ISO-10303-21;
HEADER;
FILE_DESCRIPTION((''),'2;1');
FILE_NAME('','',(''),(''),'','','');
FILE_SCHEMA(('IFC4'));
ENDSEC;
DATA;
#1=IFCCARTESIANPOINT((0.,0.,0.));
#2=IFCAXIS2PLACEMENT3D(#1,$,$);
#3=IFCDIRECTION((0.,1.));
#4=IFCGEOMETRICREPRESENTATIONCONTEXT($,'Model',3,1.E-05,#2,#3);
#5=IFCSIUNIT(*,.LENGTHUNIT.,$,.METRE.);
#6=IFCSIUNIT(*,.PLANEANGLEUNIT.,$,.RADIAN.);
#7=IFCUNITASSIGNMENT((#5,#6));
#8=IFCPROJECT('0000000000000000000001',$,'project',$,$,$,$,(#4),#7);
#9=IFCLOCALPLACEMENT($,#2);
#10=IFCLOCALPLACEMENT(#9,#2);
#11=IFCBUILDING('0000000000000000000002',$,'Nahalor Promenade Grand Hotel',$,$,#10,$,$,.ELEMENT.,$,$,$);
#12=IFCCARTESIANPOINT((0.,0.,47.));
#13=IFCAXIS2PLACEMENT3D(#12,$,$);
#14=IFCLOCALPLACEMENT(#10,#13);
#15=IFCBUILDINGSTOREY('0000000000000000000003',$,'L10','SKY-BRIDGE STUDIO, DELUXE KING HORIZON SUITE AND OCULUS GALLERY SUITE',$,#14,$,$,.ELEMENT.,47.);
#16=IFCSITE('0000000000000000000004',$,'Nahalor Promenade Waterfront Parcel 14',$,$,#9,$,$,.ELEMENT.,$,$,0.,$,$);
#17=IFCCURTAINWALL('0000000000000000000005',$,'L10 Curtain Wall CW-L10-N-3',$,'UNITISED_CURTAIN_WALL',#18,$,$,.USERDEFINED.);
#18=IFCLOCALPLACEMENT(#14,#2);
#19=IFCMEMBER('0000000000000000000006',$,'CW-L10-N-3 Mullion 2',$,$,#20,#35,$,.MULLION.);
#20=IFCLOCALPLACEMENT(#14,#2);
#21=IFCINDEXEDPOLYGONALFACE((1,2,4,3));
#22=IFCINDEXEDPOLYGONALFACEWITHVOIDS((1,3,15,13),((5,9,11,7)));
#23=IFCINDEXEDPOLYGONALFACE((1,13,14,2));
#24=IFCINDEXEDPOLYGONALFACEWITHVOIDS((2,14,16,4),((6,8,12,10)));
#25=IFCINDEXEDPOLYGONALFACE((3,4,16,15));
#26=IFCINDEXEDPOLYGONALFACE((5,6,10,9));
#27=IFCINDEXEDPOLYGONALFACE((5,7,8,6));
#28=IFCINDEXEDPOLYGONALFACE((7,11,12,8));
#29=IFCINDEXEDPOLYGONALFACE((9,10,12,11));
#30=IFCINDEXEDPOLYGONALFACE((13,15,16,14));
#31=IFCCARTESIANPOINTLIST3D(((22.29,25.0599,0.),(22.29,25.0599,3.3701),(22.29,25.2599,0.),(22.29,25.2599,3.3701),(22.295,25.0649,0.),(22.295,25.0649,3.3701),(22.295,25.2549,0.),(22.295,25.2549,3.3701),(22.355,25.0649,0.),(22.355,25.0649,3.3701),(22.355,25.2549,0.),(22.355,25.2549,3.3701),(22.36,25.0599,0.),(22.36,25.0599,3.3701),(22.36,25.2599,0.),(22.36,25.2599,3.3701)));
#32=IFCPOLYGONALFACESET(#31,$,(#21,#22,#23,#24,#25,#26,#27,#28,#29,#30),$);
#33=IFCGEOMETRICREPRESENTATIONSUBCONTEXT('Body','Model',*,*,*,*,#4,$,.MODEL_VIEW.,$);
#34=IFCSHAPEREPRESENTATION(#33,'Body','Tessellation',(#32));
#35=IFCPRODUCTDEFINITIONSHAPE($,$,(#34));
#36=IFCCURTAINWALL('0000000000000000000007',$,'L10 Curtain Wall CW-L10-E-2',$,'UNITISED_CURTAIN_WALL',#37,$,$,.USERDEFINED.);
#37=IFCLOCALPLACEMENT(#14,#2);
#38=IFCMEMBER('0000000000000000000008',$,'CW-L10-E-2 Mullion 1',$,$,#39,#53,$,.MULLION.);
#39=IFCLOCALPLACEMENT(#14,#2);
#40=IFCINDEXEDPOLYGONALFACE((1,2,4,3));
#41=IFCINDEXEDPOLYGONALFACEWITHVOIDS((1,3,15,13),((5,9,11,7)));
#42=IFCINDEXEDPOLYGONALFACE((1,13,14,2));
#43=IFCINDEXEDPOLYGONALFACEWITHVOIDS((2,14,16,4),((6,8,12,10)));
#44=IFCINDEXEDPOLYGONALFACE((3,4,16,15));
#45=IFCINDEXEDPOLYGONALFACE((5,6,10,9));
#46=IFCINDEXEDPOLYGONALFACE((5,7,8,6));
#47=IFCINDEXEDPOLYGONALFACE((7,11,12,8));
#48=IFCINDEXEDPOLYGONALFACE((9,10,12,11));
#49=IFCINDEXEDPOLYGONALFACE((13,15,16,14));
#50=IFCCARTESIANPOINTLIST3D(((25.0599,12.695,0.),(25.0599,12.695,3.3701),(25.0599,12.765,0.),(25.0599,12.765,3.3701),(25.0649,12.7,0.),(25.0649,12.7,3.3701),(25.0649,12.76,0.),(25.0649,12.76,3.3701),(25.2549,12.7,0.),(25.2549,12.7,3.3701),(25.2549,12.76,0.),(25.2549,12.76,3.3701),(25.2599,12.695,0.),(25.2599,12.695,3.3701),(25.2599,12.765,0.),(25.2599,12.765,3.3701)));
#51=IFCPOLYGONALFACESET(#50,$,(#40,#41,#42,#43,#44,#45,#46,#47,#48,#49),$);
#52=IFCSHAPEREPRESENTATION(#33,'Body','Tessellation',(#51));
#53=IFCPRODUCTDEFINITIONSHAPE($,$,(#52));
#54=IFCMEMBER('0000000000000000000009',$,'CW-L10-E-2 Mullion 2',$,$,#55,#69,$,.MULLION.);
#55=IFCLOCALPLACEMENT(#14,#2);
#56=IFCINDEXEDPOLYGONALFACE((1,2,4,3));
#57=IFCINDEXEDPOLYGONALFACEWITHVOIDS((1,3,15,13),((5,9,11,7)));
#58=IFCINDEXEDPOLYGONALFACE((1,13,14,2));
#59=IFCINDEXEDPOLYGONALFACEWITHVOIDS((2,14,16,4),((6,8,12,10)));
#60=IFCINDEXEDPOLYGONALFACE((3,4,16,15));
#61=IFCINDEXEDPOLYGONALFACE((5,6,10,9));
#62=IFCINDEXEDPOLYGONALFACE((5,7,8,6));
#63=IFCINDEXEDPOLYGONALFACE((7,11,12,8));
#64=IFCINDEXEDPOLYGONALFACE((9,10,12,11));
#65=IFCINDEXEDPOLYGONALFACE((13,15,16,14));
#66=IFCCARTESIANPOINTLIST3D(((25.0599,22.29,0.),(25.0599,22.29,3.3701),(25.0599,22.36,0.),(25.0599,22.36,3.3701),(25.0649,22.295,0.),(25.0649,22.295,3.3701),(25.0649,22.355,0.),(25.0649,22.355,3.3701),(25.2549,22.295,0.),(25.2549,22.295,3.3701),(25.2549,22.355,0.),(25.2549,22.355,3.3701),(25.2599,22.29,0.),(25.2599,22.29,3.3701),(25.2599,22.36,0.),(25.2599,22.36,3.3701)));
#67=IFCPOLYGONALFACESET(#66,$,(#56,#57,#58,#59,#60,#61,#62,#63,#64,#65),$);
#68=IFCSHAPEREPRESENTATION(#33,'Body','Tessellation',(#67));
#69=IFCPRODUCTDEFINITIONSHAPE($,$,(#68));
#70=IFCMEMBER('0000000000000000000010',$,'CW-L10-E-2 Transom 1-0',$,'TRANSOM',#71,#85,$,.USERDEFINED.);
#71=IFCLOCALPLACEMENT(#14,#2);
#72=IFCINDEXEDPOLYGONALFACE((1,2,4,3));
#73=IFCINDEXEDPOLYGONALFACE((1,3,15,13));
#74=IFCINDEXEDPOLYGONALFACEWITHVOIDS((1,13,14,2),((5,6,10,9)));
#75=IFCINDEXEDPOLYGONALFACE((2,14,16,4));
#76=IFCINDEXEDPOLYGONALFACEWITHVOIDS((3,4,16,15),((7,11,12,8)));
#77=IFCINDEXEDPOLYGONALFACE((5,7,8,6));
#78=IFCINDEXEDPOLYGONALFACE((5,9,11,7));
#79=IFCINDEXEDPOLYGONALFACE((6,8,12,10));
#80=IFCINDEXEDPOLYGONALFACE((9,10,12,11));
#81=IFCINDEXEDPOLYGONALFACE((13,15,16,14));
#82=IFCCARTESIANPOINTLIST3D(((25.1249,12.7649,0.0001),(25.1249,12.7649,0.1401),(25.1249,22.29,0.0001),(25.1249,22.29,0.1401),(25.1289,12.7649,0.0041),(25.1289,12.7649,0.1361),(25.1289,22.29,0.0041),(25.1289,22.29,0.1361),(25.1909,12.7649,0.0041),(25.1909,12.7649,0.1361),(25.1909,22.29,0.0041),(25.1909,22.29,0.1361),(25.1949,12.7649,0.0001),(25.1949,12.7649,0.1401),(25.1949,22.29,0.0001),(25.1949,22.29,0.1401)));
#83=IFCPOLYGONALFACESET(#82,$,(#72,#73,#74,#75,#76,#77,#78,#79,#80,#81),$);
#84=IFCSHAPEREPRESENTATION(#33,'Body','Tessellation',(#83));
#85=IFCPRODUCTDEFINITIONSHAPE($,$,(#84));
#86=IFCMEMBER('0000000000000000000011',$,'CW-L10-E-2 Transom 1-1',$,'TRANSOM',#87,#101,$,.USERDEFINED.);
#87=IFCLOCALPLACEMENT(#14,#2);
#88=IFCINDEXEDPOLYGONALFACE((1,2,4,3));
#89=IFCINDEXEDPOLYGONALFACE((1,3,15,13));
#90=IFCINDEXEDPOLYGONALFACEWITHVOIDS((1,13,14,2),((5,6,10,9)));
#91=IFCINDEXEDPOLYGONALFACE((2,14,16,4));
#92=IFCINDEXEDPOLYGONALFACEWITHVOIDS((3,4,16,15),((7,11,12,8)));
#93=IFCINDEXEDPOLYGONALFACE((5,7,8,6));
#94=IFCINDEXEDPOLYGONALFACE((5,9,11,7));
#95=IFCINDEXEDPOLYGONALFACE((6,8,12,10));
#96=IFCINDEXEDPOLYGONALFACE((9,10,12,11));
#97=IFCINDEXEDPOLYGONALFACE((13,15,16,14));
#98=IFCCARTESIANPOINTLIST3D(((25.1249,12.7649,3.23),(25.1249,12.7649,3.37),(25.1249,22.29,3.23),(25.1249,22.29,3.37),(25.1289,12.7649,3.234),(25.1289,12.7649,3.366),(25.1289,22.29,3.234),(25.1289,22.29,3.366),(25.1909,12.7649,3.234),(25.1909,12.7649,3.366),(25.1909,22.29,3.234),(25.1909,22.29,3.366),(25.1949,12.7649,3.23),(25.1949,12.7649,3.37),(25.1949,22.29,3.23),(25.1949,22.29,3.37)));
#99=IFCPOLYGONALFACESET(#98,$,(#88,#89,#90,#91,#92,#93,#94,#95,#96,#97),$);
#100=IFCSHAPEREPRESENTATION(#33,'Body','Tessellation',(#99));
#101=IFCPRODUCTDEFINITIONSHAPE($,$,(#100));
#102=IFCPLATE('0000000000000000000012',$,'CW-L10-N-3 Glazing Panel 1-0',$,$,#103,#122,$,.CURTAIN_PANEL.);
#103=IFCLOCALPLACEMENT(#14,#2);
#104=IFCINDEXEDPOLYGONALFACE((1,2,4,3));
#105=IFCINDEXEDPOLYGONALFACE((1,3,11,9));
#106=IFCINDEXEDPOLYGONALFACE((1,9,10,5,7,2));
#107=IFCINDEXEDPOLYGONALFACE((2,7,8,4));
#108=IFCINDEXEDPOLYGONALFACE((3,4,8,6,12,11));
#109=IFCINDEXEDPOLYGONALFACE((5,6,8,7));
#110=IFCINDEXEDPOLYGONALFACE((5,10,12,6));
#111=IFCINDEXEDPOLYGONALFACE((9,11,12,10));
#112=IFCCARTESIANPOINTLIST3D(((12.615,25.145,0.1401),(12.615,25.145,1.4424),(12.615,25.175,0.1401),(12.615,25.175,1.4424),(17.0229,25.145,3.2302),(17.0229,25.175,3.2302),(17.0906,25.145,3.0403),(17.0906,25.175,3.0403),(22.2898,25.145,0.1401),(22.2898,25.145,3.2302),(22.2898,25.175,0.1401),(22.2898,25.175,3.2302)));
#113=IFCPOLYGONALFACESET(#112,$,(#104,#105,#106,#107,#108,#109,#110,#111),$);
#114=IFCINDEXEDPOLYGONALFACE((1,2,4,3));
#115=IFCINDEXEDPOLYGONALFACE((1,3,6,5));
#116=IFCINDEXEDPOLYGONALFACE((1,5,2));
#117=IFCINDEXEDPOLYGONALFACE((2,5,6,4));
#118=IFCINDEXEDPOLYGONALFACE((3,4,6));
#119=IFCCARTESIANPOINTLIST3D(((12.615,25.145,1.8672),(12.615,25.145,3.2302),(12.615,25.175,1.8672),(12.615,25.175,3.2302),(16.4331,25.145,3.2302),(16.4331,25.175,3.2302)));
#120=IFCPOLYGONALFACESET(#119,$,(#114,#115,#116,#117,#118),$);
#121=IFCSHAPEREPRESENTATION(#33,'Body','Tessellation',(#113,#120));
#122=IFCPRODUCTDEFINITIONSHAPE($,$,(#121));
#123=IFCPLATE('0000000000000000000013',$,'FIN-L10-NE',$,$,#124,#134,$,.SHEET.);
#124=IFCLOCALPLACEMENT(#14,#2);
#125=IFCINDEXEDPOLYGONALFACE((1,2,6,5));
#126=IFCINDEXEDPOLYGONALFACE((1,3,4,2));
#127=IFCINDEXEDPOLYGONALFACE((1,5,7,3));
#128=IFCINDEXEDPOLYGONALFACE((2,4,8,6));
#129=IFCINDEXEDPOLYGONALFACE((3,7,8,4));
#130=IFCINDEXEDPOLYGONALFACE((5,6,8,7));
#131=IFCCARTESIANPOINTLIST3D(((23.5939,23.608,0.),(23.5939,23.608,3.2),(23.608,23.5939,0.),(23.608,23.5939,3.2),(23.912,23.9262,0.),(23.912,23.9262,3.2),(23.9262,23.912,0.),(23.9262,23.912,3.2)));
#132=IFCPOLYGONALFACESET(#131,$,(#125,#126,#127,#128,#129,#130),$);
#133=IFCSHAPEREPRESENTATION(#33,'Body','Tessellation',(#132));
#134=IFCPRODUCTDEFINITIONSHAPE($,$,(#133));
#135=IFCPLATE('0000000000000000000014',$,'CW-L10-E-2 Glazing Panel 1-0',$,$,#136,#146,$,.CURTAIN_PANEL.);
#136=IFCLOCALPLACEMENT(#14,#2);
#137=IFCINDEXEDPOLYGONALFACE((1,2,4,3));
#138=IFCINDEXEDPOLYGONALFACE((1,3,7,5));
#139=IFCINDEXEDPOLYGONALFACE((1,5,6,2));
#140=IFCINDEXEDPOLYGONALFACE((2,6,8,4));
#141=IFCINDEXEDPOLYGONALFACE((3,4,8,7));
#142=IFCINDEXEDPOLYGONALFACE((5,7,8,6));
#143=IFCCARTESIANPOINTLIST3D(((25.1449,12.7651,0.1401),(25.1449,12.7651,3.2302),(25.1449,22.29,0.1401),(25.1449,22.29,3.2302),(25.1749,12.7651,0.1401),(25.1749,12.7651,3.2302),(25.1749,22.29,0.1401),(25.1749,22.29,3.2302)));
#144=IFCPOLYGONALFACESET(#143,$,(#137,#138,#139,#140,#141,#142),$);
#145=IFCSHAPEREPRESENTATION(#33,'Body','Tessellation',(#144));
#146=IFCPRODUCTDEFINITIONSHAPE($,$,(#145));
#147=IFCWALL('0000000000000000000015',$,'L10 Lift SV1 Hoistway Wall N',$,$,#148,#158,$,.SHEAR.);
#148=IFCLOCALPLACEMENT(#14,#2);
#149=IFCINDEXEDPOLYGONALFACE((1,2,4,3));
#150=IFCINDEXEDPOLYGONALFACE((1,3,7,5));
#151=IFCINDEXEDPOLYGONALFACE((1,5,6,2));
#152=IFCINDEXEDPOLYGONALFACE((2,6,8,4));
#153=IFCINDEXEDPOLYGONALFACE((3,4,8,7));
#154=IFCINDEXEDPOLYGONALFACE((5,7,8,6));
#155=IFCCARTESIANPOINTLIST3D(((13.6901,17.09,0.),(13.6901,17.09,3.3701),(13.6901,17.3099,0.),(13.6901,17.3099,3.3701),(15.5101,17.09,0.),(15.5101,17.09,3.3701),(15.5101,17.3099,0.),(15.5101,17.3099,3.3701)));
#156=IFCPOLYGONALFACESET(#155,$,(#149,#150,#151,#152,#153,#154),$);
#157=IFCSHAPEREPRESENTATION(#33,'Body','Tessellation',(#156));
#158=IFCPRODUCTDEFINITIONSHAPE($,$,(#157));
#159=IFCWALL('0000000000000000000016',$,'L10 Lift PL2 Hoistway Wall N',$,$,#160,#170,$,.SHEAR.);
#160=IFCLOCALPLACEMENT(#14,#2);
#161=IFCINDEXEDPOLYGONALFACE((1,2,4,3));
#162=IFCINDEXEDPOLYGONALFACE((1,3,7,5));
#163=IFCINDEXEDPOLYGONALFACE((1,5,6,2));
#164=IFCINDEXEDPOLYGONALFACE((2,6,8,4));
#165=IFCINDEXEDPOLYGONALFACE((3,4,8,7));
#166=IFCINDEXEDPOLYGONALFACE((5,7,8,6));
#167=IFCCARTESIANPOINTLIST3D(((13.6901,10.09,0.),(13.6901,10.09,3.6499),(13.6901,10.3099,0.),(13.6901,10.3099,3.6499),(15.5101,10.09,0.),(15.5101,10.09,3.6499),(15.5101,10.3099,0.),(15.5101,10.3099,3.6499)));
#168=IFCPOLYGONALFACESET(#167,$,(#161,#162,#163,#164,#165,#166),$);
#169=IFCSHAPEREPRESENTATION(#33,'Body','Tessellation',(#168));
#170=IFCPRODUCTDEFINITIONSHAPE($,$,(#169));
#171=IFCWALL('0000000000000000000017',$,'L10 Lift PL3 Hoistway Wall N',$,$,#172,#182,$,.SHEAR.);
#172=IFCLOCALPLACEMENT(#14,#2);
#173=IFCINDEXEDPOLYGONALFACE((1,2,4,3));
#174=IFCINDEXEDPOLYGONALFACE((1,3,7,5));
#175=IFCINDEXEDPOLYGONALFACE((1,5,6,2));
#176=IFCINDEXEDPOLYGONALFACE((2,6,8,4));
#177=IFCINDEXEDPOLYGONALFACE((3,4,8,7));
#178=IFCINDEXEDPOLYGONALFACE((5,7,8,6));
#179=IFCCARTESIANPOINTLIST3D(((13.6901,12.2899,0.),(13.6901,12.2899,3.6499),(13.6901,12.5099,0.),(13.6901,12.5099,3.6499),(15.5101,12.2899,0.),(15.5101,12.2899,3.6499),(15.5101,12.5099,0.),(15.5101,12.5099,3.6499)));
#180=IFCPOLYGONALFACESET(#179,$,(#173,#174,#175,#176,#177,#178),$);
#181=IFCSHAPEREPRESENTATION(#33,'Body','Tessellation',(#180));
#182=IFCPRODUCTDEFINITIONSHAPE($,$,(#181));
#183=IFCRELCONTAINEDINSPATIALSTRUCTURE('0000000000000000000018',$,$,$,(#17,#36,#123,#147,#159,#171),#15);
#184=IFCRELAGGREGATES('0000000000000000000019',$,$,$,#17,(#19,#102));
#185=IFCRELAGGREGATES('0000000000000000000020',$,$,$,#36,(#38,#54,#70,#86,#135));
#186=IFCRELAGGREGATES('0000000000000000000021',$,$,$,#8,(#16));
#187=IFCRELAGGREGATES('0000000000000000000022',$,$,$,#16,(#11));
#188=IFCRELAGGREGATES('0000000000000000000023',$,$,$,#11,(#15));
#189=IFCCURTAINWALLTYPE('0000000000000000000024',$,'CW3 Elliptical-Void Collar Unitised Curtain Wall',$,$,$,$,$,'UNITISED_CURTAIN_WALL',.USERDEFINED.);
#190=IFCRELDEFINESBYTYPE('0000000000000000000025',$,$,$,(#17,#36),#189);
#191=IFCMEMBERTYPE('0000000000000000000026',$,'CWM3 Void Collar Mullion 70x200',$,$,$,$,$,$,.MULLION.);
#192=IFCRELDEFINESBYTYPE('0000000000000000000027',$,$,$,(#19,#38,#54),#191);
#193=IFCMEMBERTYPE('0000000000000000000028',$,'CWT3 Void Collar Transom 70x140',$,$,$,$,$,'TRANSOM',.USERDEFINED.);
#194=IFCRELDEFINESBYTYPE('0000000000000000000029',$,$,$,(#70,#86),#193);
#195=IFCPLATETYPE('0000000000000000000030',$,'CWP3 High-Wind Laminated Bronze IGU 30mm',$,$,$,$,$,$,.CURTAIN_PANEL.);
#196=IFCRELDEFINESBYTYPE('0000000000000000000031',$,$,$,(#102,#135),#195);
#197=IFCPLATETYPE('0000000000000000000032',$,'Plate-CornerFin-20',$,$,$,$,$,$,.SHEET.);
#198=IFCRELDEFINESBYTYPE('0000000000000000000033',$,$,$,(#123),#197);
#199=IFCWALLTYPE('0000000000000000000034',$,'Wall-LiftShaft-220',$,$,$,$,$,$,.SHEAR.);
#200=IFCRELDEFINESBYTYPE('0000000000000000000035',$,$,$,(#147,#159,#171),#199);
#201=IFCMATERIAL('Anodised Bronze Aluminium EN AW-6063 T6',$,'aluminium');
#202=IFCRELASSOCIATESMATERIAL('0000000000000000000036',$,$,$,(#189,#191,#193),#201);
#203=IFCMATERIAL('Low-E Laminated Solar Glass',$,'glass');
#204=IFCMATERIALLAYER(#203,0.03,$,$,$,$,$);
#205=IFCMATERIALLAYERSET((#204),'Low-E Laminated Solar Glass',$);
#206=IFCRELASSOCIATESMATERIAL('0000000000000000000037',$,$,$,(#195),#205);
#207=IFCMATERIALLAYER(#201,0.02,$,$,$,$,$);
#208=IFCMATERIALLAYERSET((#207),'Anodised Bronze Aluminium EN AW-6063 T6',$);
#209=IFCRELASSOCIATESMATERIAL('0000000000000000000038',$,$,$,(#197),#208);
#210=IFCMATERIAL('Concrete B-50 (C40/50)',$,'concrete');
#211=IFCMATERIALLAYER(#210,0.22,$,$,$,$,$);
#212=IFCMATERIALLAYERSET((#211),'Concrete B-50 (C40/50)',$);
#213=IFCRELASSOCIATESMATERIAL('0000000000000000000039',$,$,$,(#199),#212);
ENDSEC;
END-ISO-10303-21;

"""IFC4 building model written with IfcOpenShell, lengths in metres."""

from ifc_helpers import new_model, si_unit, direction, frame, frame_2d, origin, origin_2d, place, context, subcontext, project, spatial, polyline, rectangle, hollow_rectangle, outline, extrude, source, transform, mapped, material, layer, layer_set, material_profile, profile_set, type_object, element, aggregate, save


model = new_model("IFC4")

# Units and contexts
model_context = context("Model", 3, precision=1e-05, world=origin(), true_north=direction((0.0, 1.0)))
body_context = subcontext(model_context, "Body", "Model", "MODEL_VIEW")
ifc_project = project(units=[si_unit("LENGTHUNIT", "METRE"), si_unit("PLANEANGLEUNIT", "RADIAN")], contexts=[model_context])

# Site, building, storey
site_placement = place(None, origin())
site = spatial("IfcSite", under=ifc_project, at=site_placement, Name="Nahalor Promenade Waterfront Parcel 14", CompositionType="ELEMENT", RefElevation=0.0)
building_placement = place(site_placement, origin())
building = spatial("IfcBuilding", under=site, at=building_placement, Name="Nahalor Promenade Grand Hotel", CompositionType="ELEMENT")
storey_placement = place(building_placement, frame((0.0, 0.0, 47.0)))
storey = spatial("IfcBuildingStorey", under=building, at=storey_placement, Name="L10", Description="SKY-BRIDGE STUDIO, DELUXE KING HORIZON SUITE AND OCULUS GALLERY SUITE", CompositionType="ELEMENT", Elevation=47.0)

# Curtain wall, member
ifc_material_1 = material(Name="Anodised Bronze Aluminium EN AW-6063 T6", Category="aluminium")
curtain_wall_type = type_object("IfcCurtainWallType", Name="CW3 Elliptical-Void Collar Unitised Curtain Wall", ElementType="UNITISED_CURTAIN_WALL", PredefinedType="USERDEFINED", material=ifc_material_1)
curtain_wall_1_placement = place(storey_placement, origin())
curtain_wall_1 = element("IfcCurtainWall", 1, at=curtain_wall_1_placement, inside=storey, type_object=curtain_wall_type, Name="L10 Curtain Wall CW-L10-N-3", ObjectType="UNITISED_CURTAIN_WALL", PredefinedType="USERDEFINED")
ifc_material_profile_1 = material_profile(ifc_material_1, hollow_rectangle(XDim=0.07, YDim=0.2, WallThickness=0.005, at=origin_2d()), Name="CWM 70x200x5")
ifc_profile_set_1 = profile_set([ifc_material_profile_1], Name="Anodised Bronze Aluminium EN AW-6063 T6")
member_type_1 = type_object("IfcMemberType", Name="CWM3 Void Collar Mullion 70x200", PredefinedType="MULLION", material=ifc_profile_set_1)
shared_shape_1 = source(origin(), body_context, "Body", "SweptSolid", [
    extrude(hollow_rectangle(XDim=0.07, YDim=0.2, WallThickness=0.005, at=origin_2d()), origin(), (0.0, 0.0, 1.0), 3.3701),
])
member_1_placement = place(storey_placement, frame((22.325, 25.1599, 0.0), z_axis=(0.0, 0.0, 1.0), x_axis=(1.0, 0.0, 0.0)))
member_1 = element("IfcMember", 2, at=member_1_placement, type_object=member_type_1, Name="CW-L10-N-3 Mullion 2", PredefinedType="MULLION", context=body_context, shape_type="MappedRepresentation", body=[
    mapped(shared_shape_1, transform((0.0, 0.0, 0.0), scale=1.0)),
])

# Curtain wall, members
curtain_wall_2_placement = place(storey_placement, origin())
curtain_wall_2 = element("IfcCurtainWall", 3, at=curtain_wall_2_placement, inside=storey, type_object=curtain_wall_type, Name="L10 Curtain Wall CW-L10-E-2", ObjectType="UNITISED_CURTAIN_WALL", PredefinedType="USERDEFINED")
member_2_placement = place(storey_placement, frame((25.1599, 12.73, 0.0), z_axis=(0.0, 0.0, 1.0), x_axis=(0.0, 1.0, 0.0)))
member_2 = element("IfcMember", 4, at=member_2_placement, type_object=member_type_1, Name="CW-L10-E-2 Mullion 1", PredefinedType="MULLION", context=body_context, shape_type="MappedRepresentation", body=[
    mapped(shared_shape_1, transform((0.0, 0.0, 0.0), scale=1.0)),
])
member_3_placement = place(storey_placement, frame((25.1599, 22.325, 0.0), z_axis=(0.0, 0.0, 1.0), x_axis=(0.0, 1.0, 0.0)))
member_3 = element("IfcMember", 5, at=member_3_placement, type_object=member_type_1, Name="CW-L10-E-2 Mullion 2", PredefinedType="MULLION", context=body_context, shape_type="MappedRepresentation", body=[
    mapped(shared_shape_1, transform((0.0, 0.0, 0.0), scale=1.0)),
])
ifc_material_profile_2 = material_profile(ifc_material_1, hollow_rectangle(XDim=0.07, YDim=0.14, WallThickness=0.004, at=origin_2d()), Name="CWT 70x140x4")
ifc_profile_set_2 = profile_set([ifc_material_profile_2], Name="Anodised Bronze Aluminium EN AW-6063 T6")
member_type_2 = type_object("IfcMemberType", Name="CWT3 Void Collar Transom 70x140", ElementType="TRANSOM", PredefinedType="USERDEFINED", material=ifc_profile_set_2)
shared_shape_2 = source(origin(), body_context, "Body", "SweptSolid", [
    extrude(hollow_rectangle(XDim=0.07, YDim=0.14, WallThickness=0.004, at=origin_2d()), origin(), (0.0, 0.0, 1.0), 9.5251),
])
member_4_placement = place(storey_placement, frame((25.1599, 12.7649, 0.0701), z_axis=(0.0, 1.0, 0.0), x_axis=(-1.0, 0.0, 0.0)))
member_4 = element("IfcMember", 6, at=member_4_placement, type_object=member_type_2, Name="CW-L10-E-2 Transom 1-0", ObjectType="TRANSOM", PredefinedType="USERDEFINED", context=body_context, shape_type="MappedRepresentation", body=[
    mapped(shared_shape_2, transform((0.0, 0.0, 0.0), scale=1.0)),
])
member_5_placement = place(storey_placement, frame((25.1599, 12.7649, 3.3), z_axis=(0.0, 1.0, 0.0), x_axis=(-1.0, 0.0, 0.0)))
member_5 = element("IfcMember", 7, at=member_5_placement, type_object=member_type_2, Name="CW-L10-E-2 Transom 1-1", ObjectType="TRANSOM", PredefinedType="USERDEFINED", context=body_context, shape_type="MappedRepresentation", body=[
    mapped(shared_shape_2, transform((0.0, 0.0, 0.0), scale=1.0)),
])

# Plates
ifc_material_2 = material(Name="Low-E Laminated Solar Glass", Category="glass")
ifc_layer_1 = layer(ifc_material_2, 0.03)
ifc_layer_set_1 = layer_set([ifc_layer_1], Name="Low-E Laminated Solar Glass")
plate_type_1 = type_object("IfcPlateType", Name="CWP3 High-Wind Laminated Bronze IGU 30mm", PredefinedType="CURTAIN_PANEL", material=ifc_layer_set_1)
plate_1_placement = place(storey_placement, frame((17.4524, 25.1599, 0.1401), z_axis=(0.0, 0.0, 1.0), x_axis=(1.0, 0.0, 0.0)))
plate_1 = element("IfcPlate", 8, at=plate_1_placement, type_object=plate_type_1, Name="CW-L10-N-3 Glazing Panel 1-0", PredefinedType="CURTAIN_PANEL", context=body_context, shape_type="SweptSolid", body=[
    extrude(outline(polyline([(4.8374, 0.0), (4.8374, 3.0901), (-0.4294, 3.0901), (-0.3618, 2.9001), (-4.8374, 1.3022), (-4.8374, 0.0), (4.8374, 0.0)])), frame((0.0, 0.0151, 0.0), z_axis=(0.0, -1.0, 0.0), x_axis=(1.0, 0.0, 0.0)), (0.0, 0.0, 1.0), 0.03),
    extrude(outline(polyline([(-1.0193, 3.0901), (-4.8374, 3.0901), (-4.8374, 1.7271), (-1.0193, 3.0901)])), frame((0.0, 0.0151, 0.0), z_axis=(0.0, -1.0, 0.0), x_axis=(1.0, 0.0, 0.0)), (0.0, 0.0, 1.0), 0.03),
])
aggregate(curtain_wall_1, [member_1, plate_1])
ifc_layer_2 = layer(ifc_material_1, 0.02)
ifc_layer_set_2 = layer_set([ifc_layer_2], Name="Anodised Bronze Aluminium EN AW-6063 T6")
plate_type_2 = type_object("IfcPlateType", Name="Plate-CornerFin-20", PredefinedType="SHEET", material=ifc_layer_set_2)
shared_shape_3 = source(origin(), body_context, "Body", "SweptSolid", [
    extrude(rectangle(XDim=0.45, YDim=0.02, at=origin_2d()), origin(), (0.0, 0.0, 1.0), 3.2),
])
plate_2_placement = place(storey_placement, frame((23.76, 23.76, 0.0), z_axis=(0.0, 0.0, 1.0), x_axis=(0.707107, 0.707107, 0.0)))
element("IfcPlate", 9, at=plate_2_placement, inside=storey, type_object=plate_type_2, Name="FIN-L10-NE", PredefinedType="SHEET", context=body_context, shape_type="MappedRepresentation", body=[
    mapped(shared_shape_3, transform((0.0, 0.0, 0.0), scale=1.0)),
])
shared_shape_4 = source(origin(), body_context, "Body", "SweptSolid", [
    extrude(rectangle(XDim=9.5249, YDim=0.03, at=origin_2d()), origin(), (0.0, 0.0, 1.0), 3.0901),
])
plate_3_placement = place(storey_placement, frame((25.1599, 17.5276, 0.1401), z_axis=(0.0, 0.0, 1.0), x_axis=(0.0, 1.0, 0.0)))
plate_3 = element("IfcPlate", 10, at=plate_3_placement, type_object=plate_type_1, Name="CW-L10-E-2 Glazing Panel 1-0", PredefinedType="CURTAIN_PANEL", context=body_context, shape_type="MappedRepresentation", body=[
    mapped(shared_shape_4, transform((0.0, 0.0, 0.0), scale=1.0)),
])
aggregate(curtain_wall_2, [member_2, member_3, member_4, member_5, plate_3])

# Walls
ifc_material_3 = material(Name="Concrete B-50 (C40/50)", Category="concrete")
ifc_layer_3 = layer(ifc_material_3, 0.22)
ifc_layer_set_3 = layer_set([ifc_layer_3], Name="Concrete B-50 (C40/50)")
wall_type_1 = type_object("IfcWallType", Name="Wall-LiftShaft-220", PredefinedType="SHEAR", material=ifc_layer_set_3)
shared_shape_5 = source(origin(), body_context, "Body", "SweptSolid", [
    extrude(rectangle(XDim=1.8201, YDim=0.22, at=frame_2d((0.9102, 0.0))), origin(), (0.0, 0.0, 1.0), 3.3701),
])
wall_1_placement = place(storey_placement, frame((13.6899, 17.2, 0.0), z_axis=(0.0, 0.0, 1.0), x_axis=(1.0, 0.0, 0.0)))
element("IfcWall", 11, at=wall_1_placement, inside=storey, type_object=wall_type_1, Name="L10 Lift SV1 Hoistway Wall N", PredefinedType="SHEAR", context=body_context, shape_type="MappedRepresentation", body=[
    mapped(shared_shape_5, transform((0.0, 0.0, 0.0), scale=1.0)),
])
shared_shape_6 = source(origin(), body_context, "Body", "SweptSolid", [
    extrude(rectangle(XDim=1.8201, YDim=0.22, at=frame_2d((0.9102, 0.0))), origin(), (0.0, 0.0, 1.0), 3.6499),
])
for number, where, z_axis, x_axis, name in (
    (12, (13.6899, 10.2, 0.0), (0.0, 0.0, 1.0), (1.0, 0.0, 0.0), "L10 Lift PL2 Hoistway Wall N"),
    (13, (13.6899, 12.3999, 0.0), (0.0, 0.0, 1.0), (1.0, 0.0, 0.0), "L10 Lift PL3 Hoistway Wall N"),
):
    element("IfcWall", number, at=place(storey_placement, frame(where, z_axis=z_axis, x_axis=x_axis)), inside=storey, type_object=wall_type_1, Name=name, PredefinedType="SHEAR", context=body_context, shape_type="MappedRepresentation", body=[
        mapped(shared_shape_6, transform((0.0, 0.0, 0.0), scale=1.0)),
    ])

save(model, "model.ifc")
